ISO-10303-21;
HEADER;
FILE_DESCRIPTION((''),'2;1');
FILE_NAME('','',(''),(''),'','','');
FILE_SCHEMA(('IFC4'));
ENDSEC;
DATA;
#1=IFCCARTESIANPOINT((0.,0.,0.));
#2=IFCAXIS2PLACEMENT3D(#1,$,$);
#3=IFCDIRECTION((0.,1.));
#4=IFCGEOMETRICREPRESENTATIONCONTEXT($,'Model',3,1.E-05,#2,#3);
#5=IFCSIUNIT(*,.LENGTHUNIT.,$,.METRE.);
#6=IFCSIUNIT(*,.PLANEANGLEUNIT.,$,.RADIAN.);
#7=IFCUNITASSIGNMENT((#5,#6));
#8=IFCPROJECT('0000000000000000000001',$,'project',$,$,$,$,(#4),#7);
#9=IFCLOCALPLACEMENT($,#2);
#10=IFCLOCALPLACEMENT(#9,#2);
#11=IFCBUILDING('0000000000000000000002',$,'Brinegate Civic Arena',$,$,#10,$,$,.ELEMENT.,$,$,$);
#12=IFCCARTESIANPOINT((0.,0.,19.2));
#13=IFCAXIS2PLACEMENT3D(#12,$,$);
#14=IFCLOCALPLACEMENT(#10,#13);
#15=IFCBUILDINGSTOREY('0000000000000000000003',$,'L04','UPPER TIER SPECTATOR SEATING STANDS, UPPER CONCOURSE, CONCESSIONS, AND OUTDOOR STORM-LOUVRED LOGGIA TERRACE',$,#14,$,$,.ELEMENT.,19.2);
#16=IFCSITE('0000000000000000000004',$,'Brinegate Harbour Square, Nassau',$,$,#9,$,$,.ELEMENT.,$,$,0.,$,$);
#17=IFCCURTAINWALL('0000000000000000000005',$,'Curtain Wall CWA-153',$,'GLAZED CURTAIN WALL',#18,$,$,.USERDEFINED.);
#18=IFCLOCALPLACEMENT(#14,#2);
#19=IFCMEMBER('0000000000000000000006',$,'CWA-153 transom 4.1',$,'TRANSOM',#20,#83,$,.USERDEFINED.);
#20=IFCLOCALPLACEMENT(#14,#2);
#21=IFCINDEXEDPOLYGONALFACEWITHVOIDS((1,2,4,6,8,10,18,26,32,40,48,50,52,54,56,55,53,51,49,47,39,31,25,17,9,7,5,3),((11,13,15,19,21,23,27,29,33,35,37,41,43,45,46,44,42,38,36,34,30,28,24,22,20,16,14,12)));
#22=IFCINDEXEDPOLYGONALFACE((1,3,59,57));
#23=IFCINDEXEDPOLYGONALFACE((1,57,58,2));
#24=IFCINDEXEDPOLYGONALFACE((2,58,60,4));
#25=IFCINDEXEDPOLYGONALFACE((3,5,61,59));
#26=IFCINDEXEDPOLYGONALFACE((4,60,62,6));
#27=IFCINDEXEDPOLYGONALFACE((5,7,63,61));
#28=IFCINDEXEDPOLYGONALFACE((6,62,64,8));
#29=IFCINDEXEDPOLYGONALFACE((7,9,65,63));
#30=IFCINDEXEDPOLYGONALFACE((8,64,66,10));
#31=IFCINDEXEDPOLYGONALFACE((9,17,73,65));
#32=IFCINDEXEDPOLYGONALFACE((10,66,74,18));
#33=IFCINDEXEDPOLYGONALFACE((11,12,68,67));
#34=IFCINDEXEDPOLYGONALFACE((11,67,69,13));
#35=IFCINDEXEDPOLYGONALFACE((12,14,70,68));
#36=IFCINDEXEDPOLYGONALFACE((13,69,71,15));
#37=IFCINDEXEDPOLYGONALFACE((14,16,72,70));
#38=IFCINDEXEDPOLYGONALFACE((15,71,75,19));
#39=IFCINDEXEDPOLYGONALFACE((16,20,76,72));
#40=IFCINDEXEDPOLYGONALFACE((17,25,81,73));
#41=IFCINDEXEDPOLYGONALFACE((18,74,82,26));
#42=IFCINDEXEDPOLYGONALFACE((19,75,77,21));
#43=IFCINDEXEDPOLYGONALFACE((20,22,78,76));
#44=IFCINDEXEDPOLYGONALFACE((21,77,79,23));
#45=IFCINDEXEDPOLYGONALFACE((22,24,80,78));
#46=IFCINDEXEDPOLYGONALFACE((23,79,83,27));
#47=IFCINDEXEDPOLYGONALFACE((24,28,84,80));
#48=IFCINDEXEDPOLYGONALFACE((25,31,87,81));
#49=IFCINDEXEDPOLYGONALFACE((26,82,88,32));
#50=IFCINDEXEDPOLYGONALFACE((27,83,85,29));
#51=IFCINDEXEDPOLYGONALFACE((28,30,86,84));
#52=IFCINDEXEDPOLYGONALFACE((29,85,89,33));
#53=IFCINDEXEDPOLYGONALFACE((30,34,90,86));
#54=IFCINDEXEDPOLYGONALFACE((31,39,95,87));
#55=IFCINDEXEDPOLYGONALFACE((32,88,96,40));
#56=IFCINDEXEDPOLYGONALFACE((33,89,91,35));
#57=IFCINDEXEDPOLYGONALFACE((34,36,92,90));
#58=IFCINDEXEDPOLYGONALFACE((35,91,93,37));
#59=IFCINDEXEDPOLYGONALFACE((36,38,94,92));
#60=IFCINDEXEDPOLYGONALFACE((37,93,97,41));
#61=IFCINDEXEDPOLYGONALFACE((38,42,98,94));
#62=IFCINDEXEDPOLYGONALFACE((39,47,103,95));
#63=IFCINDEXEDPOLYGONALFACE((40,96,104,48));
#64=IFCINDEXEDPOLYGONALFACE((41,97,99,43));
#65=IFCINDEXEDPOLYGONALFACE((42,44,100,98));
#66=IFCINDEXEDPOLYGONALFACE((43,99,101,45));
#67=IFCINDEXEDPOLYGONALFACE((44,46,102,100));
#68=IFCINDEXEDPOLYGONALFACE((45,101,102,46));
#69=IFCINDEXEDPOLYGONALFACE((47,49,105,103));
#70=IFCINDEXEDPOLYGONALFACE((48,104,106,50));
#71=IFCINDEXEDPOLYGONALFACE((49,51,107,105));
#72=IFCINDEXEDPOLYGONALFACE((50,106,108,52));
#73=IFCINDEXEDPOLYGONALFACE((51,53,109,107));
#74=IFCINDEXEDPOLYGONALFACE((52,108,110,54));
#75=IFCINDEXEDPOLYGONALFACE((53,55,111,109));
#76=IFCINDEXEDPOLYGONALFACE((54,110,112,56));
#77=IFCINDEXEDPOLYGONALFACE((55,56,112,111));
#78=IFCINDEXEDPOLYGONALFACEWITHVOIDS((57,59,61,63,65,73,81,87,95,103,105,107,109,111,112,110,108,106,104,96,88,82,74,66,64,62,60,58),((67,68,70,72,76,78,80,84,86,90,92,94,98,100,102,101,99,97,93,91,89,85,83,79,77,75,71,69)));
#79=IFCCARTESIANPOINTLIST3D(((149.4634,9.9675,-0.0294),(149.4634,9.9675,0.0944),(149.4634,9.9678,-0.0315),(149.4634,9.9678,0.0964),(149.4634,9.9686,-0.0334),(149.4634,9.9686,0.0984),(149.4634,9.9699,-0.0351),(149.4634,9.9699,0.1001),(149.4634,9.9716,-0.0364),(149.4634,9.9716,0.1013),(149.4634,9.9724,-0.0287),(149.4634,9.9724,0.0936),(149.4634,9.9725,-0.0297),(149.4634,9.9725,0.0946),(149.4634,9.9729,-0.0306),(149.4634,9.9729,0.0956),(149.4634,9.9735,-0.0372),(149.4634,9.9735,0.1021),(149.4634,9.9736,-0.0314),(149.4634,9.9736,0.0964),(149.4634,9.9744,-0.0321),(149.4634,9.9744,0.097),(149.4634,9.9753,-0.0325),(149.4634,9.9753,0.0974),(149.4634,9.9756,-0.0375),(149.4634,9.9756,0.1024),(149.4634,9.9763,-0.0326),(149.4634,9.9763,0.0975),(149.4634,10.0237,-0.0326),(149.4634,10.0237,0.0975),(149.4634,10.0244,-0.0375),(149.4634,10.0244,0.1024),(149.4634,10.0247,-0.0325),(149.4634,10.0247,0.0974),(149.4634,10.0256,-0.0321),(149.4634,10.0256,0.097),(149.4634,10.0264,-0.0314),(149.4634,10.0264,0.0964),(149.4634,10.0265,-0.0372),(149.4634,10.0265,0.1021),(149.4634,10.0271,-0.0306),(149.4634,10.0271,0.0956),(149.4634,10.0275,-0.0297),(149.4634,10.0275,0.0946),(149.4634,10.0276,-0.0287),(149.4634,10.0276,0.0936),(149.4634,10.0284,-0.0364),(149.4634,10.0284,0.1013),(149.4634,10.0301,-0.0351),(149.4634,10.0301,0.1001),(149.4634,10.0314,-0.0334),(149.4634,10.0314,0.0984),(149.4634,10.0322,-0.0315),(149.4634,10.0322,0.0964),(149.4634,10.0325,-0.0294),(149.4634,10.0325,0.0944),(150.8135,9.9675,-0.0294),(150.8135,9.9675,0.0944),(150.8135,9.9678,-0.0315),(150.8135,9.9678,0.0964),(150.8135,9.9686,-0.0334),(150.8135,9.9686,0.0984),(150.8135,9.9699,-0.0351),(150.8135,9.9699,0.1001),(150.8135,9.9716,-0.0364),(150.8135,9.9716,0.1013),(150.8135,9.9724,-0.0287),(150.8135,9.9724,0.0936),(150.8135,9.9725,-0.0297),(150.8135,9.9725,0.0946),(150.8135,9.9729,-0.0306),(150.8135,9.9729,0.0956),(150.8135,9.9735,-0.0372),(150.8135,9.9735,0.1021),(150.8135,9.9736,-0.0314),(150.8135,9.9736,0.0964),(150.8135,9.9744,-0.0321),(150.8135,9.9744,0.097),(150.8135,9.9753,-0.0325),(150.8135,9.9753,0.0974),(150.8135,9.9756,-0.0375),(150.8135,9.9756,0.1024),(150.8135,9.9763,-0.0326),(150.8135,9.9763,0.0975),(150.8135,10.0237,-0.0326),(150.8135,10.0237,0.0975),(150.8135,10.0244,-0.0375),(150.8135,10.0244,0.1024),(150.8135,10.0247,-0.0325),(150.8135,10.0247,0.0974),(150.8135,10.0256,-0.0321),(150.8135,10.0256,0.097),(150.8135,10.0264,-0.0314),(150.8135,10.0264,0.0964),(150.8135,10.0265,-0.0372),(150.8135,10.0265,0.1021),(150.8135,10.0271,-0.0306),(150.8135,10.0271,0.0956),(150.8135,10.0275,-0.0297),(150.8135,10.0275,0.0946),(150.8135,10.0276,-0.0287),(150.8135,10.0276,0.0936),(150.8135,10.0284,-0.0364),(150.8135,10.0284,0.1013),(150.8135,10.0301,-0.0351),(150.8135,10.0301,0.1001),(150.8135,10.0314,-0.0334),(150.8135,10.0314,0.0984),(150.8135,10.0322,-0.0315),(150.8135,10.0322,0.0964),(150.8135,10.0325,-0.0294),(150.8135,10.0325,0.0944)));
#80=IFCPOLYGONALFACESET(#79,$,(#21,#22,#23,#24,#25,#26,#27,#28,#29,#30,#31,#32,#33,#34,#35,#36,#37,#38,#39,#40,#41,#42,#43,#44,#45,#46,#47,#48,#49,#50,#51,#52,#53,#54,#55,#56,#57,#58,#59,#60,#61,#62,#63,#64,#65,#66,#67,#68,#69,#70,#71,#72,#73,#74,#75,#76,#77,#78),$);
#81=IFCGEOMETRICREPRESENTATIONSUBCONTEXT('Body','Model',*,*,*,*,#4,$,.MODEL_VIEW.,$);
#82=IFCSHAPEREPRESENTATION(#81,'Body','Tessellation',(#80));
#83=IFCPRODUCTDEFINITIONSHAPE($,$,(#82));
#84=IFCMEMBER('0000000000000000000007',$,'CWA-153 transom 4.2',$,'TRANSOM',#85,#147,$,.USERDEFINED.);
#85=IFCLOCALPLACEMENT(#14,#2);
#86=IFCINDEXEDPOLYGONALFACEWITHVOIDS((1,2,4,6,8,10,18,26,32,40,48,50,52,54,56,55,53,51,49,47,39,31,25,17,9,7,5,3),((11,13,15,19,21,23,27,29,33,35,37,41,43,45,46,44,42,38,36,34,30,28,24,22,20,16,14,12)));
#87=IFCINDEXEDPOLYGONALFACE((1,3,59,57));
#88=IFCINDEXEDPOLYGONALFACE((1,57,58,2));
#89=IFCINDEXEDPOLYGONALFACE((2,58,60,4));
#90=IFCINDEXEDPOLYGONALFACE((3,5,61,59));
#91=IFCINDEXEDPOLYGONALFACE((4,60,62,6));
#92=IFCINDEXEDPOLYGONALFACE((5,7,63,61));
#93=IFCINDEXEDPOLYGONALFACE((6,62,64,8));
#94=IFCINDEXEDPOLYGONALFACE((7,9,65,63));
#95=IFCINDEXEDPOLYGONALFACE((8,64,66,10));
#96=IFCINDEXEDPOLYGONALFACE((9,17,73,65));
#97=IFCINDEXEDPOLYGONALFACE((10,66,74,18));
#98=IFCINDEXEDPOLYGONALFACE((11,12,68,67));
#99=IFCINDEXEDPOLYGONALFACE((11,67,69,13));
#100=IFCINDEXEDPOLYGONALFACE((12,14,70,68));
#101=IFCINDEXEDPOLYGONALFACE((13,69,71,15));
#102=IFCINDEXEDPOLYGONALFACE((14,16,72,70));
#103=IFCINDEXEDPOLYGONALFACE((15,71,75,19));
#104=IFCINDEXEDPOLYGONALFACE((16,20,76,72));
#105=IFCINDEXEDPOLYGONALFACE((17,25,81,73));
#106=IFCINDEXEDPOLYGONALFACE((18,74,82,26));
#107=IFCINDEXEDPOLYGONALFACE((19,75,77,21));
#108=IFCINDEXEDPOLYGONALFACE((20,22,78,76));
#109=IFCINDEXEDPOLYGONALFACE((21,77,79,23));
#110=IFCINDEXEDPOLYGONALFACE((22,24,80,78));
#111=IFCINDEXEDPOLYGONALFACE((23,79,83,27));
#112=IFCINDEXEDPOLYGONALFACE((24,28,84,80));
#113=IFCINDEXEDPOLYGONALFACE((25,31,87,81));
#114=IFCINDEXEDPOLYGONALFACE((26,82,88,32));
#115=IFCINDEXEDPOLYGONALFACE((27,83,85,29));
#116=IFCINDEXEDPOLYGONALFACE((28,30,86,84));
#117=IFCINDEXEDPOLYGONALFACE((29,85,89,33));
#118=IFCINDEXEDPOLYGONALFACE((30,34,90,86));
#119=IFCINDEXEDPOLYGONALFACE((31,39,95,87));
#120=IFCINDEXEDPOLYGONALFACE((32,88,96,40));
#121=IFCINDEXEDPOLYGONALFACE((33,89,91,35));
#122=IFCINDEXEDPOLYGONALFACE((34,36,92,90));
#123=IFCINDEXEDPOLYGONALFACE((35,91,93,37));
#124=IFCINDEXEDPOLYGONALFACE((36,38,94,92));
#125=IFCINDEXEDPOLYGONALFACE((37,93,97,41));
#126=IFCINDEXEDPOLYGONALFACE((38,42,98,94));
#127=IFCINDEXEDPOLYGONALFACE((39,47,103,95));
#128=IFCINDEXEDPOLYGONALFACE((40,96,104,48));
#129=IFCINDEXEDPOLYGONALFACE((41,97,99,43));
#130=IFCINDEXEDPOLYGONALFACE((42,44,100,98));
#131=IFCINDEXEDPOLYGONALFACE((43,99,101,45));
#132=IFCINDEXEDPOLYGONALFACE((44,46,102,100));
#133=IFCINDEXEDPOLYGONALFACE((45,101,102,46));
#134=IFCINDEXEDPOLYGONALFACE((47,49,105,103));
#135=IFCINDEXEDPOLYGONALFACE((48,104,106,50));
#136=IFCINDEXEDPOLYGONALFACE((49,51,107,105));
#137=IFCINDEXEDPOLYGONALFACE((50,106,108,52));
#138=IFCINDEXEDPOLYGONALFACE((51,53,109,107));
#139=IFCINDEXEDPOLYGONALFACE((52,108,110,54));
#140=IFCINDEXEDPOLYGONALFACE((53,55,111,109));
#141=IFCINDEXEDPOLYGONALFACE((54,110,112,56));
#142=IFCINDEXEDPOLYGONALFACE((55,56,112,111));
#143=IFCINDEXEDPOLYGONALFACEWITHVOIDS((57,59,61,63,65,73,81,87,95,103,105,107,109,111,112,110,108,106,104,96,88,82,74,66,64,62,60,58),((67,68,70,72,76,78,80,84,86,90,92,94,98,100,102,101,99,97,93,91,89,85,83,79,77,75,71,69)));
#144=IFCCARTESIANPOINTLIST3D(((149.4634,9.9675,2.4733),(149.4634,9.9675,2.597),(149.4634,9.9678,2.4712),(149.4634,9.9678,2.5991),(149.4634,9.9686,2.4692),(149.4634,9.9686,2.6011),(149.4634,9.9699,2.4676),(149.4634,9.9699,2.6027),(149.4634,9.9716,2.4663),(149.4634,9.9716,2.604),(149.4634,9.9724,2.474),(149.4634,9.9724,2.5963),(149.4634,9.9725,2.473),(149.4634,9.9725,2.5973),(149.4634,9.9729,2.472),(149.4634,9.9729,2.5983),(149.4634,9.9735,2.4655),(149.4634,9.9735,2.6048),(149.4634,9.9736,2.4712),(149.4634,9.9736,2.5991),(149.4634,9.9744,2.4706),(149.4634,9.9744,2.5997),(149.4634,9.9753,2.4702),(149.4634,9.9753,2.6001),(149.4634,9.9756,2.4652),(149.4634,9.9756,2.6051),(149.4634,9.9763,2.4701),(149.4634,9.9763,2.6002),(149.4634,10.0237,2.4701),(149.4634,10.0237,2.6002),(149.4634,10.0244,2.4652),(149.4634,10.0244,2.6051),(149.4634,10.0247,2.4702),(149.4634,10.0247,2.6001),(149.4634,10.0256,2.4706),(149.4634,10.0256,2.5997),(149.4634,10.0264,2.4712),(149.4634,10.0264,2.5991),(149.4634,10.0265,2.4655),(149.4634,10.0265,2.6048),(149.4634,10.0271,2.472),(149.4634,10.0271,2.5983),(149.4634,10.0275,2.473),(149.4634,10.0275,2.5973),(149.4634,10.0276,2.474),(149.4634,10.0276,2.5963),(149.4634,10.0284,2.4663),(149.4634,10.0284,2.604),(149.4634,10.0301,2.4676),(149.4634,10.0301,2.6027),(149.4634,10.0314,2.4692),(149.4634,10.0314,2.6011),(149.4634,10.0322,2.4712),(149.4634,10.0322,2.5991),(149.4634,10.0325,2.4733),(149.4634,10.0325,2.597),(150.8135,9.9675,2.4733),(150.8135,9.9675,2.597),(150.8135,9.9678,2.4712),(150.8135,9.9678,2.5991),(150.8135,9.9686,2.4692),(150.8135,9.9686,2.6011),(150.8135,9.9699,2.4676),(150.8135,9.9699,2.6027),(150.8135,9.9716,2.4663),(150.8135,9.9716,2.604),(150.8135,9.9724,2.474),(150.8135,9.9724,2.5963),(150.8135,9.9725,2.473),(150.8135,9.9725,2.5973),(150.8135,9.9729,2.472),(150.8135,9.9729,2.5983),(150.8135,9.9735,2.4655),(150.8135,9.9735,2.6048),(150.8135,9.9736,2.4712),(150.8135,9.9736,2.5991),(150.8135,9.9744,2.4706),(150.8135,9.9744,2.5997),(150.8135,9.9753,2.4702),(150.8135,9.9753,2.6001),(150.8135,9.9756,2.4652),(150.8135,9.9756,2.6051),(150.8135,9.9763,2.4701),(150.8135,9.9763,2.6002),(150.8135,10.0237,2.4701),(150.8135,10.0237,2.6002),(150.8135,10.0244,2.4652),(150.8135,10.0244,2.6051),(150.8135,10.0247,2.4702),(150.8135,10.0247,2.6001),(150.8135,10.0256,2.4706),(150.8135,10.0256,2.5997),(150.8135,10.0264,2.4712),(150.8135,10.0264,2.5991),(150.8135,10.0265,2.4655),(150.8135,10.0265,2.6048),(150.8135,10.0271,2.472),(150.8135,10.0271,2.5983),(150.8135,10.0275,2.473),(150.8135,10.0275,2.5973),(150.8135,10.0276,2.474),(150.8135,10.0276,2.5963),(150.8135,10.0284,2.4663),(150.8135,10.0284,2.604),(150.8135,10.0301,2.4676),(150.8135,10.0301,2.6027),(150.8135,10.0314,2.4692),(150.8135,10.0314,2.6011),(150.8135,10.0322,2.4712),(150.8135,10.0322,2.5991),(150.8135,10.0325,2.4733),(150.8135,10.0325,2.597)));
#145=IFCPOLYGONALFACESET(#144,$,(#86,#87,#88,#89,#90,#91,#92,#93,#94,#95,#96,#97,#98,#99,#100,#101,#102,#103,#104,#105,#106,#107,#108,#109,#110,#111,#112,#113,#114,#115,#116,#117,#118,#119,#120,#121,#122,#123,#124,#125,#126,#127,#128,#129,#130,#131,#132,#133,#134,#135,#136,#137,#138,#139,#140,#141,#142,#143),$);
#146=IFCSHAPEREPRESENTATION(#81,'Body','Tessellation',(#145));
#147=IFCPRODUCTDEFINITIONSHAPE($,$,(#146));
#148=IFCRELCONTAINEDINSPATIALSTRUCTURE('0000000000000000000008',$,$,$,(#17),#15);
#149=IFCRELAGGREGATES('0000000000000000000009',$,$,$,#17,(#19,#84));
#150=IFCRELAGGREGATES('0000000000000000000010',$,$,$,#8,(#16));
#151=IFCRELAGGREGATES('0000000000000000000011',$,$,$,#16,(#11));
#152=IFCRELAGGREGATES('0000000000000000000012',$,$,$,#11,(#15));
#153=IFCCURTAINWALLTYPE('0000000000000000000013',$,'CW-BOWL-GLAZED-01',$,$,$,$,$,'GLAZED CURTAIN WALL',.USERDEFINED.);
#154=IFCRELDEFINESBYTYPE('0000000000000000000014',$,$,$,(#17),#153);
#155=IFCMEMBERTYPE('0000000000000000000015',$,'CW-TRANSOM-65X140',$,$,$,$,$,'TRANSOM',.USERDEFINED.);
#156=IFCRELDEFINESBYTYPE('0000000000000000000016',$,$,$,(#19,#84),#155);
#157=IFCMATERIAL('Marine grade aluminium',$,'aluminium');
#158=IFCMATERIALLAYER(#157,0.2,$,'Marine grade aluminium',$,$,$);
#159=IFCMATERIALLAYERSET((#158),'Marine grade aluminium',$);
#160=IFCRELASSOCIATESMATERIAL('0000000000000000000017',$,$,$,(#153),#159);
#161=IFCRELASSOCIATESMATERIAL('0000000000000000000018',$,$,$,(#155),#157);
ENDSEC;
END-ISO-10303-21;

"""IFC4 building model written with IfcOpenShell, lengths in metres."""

from ifc_helpers import new_model, si_unit, direction, frame, origin, origin_2d, place, context, subcontext, project, spatial, hollow_rectangle, extrude, material, layer, layer_set, material_profile, profile_set, type_object, element, aggregate, save


model = new_model("IFC4")

# Units and contexts
model_context = context("Model", 3, precision=1e-05, world=origin(), true_north=direction((0.0, 1.0)))
body_context = subcontext(model_context, "Body", "Model", "MODEL_VIEW")
ifc_project = project(units=[si_unit("LENGTHUNIT", "METRE"), si_unit("PLANEANGLEUNIT", "RADIAN")], contexts=[model_context])

# Site, building, storey
site_placement = place(None, origin())
site = spatial("IfcSite", under=ifc_project, at=site_placement, Name="Brinegate Harbour Square, Nassau", CompositionType="ELEMENT", RefElevation=0.0)
building_placement = place(site_placement, origin())
building = spatial("IfcBuilding", under=site, at=building_placement, Name="Brinegate Civic Arena", CompositionType="ELEMENT")
storey_placement = place(building_placement, frame((0.0, 0.0, 19.2)))
storey = spatial("IfcBuildingStorey", under=building, at=storey_placement, Name="L04", Description="UPPER TIER SPECTATOR SEATING STANDS, UPPER CONCOURSE, CONCESSIONS, AND OUTDOOR STORM-LOUVRED LOGGIA TERRACE", CompositionType="ELEMENT", Elevation=19.2)

# Curtain wall, members
ifc_material_1 = material(Name="Marine grade aluminium", Category="aluminium")
ifc_layer_1 = layer(ifc_material_1, 0.2, Name="Marine grade aluminium")
ifc_layer_set_1 = layer_set([ifc_layer_1], Name="Marine grade aluminium")
curtain_wall_type = type_object("IfcCurtainWallType", Name="CW-BOWL-GLAZED-01", ElementType="GLAZED CURTAIN WALL", PredefinedType="USERDEFINED", material=ifc_layer_set_1)
curtain_wall_placement = place(storey_placement, origin())
curtain_wall = element("IfcCurtainWall", 1, at=curtain_wall_placement, inside=storey, type_object=curtain_wall_type, Name="Curtain Wall CWA-153", ObjectType="GLAZED CURTAIN WALL", PredefinedType="USERDEFINED")
ifc_material_profile_1 = material_profile(ifc_material_1, hollow_rectangle(XDim=0.0649, YDim=0.1399, WallThickness=0.0049, InnerFilletRadius=0.0039, OuterFilletRadius=0.0081, at=origin_2d()), Name="TRN65X140")
ifc_profile_set_1 = profile_set([ifc_material_profile_1], Name="Marine grade aluminium")
member_type_1 = type_object("IfcMemberType", Name="CW-TRANSOM-65X140", ElementType="TRANSOM", PredefinedType="USERDEFINED", material=ifc_profile_set_1)
member_1_placement = place(storey_placement, frame((149.4634, 10.0, 0.0325), z_axis=(1.0, 0.0, 0.0), x_axis=(0.0, 1.0, 0.0)))
member_1 = element("IfcMember", 2, at=member_1_placement, type_object=member_type_1, Name="CWA-153 transom 4.1", ObjectType="TRANSOM", PredefinedType="USERDEFINED", context=body_context, shape_type="SweptSolid", body=[
    extrude(hollow_rectangle(XDim=0.0649, YDim=0.1399, WallThickness=0.0049, InnerFilletRadius=0.0039, OuterFilletRadius=0.0081, at=origin_2d()), origin(), (0.0, 0.0, 1.0), 1.3501),
])
member_2_placement = place(storey_placement, frame((149.4634, 10.0, 2.5352), z_axis=(1.0, 0.0, 0.0), x_axis=(0.0, 1.0, 0.0)))
member_2 = element("IfcMember", 3, at=member_2_placement, type_object=member_type_1, Name="CWA-153 transom 4.2", ObjectType="TRANSOM", PredefinedType="USERDEFINED", context=body_context, shape_type="SweptSolid", body=[
    extrude(hollow_rectangle(XDim=0.0649, YDim=0.1399, WallThickness=0.0049, InnerFilletRadius=0.0039, OuterFilletRadius=0.0081, at=origin_2d()), origin(), (0.0, 0.0, 1.0), 1.3501),
])
aggregate(curtain_wall, [member_1, member_2])

save(model, "model.ifc")
